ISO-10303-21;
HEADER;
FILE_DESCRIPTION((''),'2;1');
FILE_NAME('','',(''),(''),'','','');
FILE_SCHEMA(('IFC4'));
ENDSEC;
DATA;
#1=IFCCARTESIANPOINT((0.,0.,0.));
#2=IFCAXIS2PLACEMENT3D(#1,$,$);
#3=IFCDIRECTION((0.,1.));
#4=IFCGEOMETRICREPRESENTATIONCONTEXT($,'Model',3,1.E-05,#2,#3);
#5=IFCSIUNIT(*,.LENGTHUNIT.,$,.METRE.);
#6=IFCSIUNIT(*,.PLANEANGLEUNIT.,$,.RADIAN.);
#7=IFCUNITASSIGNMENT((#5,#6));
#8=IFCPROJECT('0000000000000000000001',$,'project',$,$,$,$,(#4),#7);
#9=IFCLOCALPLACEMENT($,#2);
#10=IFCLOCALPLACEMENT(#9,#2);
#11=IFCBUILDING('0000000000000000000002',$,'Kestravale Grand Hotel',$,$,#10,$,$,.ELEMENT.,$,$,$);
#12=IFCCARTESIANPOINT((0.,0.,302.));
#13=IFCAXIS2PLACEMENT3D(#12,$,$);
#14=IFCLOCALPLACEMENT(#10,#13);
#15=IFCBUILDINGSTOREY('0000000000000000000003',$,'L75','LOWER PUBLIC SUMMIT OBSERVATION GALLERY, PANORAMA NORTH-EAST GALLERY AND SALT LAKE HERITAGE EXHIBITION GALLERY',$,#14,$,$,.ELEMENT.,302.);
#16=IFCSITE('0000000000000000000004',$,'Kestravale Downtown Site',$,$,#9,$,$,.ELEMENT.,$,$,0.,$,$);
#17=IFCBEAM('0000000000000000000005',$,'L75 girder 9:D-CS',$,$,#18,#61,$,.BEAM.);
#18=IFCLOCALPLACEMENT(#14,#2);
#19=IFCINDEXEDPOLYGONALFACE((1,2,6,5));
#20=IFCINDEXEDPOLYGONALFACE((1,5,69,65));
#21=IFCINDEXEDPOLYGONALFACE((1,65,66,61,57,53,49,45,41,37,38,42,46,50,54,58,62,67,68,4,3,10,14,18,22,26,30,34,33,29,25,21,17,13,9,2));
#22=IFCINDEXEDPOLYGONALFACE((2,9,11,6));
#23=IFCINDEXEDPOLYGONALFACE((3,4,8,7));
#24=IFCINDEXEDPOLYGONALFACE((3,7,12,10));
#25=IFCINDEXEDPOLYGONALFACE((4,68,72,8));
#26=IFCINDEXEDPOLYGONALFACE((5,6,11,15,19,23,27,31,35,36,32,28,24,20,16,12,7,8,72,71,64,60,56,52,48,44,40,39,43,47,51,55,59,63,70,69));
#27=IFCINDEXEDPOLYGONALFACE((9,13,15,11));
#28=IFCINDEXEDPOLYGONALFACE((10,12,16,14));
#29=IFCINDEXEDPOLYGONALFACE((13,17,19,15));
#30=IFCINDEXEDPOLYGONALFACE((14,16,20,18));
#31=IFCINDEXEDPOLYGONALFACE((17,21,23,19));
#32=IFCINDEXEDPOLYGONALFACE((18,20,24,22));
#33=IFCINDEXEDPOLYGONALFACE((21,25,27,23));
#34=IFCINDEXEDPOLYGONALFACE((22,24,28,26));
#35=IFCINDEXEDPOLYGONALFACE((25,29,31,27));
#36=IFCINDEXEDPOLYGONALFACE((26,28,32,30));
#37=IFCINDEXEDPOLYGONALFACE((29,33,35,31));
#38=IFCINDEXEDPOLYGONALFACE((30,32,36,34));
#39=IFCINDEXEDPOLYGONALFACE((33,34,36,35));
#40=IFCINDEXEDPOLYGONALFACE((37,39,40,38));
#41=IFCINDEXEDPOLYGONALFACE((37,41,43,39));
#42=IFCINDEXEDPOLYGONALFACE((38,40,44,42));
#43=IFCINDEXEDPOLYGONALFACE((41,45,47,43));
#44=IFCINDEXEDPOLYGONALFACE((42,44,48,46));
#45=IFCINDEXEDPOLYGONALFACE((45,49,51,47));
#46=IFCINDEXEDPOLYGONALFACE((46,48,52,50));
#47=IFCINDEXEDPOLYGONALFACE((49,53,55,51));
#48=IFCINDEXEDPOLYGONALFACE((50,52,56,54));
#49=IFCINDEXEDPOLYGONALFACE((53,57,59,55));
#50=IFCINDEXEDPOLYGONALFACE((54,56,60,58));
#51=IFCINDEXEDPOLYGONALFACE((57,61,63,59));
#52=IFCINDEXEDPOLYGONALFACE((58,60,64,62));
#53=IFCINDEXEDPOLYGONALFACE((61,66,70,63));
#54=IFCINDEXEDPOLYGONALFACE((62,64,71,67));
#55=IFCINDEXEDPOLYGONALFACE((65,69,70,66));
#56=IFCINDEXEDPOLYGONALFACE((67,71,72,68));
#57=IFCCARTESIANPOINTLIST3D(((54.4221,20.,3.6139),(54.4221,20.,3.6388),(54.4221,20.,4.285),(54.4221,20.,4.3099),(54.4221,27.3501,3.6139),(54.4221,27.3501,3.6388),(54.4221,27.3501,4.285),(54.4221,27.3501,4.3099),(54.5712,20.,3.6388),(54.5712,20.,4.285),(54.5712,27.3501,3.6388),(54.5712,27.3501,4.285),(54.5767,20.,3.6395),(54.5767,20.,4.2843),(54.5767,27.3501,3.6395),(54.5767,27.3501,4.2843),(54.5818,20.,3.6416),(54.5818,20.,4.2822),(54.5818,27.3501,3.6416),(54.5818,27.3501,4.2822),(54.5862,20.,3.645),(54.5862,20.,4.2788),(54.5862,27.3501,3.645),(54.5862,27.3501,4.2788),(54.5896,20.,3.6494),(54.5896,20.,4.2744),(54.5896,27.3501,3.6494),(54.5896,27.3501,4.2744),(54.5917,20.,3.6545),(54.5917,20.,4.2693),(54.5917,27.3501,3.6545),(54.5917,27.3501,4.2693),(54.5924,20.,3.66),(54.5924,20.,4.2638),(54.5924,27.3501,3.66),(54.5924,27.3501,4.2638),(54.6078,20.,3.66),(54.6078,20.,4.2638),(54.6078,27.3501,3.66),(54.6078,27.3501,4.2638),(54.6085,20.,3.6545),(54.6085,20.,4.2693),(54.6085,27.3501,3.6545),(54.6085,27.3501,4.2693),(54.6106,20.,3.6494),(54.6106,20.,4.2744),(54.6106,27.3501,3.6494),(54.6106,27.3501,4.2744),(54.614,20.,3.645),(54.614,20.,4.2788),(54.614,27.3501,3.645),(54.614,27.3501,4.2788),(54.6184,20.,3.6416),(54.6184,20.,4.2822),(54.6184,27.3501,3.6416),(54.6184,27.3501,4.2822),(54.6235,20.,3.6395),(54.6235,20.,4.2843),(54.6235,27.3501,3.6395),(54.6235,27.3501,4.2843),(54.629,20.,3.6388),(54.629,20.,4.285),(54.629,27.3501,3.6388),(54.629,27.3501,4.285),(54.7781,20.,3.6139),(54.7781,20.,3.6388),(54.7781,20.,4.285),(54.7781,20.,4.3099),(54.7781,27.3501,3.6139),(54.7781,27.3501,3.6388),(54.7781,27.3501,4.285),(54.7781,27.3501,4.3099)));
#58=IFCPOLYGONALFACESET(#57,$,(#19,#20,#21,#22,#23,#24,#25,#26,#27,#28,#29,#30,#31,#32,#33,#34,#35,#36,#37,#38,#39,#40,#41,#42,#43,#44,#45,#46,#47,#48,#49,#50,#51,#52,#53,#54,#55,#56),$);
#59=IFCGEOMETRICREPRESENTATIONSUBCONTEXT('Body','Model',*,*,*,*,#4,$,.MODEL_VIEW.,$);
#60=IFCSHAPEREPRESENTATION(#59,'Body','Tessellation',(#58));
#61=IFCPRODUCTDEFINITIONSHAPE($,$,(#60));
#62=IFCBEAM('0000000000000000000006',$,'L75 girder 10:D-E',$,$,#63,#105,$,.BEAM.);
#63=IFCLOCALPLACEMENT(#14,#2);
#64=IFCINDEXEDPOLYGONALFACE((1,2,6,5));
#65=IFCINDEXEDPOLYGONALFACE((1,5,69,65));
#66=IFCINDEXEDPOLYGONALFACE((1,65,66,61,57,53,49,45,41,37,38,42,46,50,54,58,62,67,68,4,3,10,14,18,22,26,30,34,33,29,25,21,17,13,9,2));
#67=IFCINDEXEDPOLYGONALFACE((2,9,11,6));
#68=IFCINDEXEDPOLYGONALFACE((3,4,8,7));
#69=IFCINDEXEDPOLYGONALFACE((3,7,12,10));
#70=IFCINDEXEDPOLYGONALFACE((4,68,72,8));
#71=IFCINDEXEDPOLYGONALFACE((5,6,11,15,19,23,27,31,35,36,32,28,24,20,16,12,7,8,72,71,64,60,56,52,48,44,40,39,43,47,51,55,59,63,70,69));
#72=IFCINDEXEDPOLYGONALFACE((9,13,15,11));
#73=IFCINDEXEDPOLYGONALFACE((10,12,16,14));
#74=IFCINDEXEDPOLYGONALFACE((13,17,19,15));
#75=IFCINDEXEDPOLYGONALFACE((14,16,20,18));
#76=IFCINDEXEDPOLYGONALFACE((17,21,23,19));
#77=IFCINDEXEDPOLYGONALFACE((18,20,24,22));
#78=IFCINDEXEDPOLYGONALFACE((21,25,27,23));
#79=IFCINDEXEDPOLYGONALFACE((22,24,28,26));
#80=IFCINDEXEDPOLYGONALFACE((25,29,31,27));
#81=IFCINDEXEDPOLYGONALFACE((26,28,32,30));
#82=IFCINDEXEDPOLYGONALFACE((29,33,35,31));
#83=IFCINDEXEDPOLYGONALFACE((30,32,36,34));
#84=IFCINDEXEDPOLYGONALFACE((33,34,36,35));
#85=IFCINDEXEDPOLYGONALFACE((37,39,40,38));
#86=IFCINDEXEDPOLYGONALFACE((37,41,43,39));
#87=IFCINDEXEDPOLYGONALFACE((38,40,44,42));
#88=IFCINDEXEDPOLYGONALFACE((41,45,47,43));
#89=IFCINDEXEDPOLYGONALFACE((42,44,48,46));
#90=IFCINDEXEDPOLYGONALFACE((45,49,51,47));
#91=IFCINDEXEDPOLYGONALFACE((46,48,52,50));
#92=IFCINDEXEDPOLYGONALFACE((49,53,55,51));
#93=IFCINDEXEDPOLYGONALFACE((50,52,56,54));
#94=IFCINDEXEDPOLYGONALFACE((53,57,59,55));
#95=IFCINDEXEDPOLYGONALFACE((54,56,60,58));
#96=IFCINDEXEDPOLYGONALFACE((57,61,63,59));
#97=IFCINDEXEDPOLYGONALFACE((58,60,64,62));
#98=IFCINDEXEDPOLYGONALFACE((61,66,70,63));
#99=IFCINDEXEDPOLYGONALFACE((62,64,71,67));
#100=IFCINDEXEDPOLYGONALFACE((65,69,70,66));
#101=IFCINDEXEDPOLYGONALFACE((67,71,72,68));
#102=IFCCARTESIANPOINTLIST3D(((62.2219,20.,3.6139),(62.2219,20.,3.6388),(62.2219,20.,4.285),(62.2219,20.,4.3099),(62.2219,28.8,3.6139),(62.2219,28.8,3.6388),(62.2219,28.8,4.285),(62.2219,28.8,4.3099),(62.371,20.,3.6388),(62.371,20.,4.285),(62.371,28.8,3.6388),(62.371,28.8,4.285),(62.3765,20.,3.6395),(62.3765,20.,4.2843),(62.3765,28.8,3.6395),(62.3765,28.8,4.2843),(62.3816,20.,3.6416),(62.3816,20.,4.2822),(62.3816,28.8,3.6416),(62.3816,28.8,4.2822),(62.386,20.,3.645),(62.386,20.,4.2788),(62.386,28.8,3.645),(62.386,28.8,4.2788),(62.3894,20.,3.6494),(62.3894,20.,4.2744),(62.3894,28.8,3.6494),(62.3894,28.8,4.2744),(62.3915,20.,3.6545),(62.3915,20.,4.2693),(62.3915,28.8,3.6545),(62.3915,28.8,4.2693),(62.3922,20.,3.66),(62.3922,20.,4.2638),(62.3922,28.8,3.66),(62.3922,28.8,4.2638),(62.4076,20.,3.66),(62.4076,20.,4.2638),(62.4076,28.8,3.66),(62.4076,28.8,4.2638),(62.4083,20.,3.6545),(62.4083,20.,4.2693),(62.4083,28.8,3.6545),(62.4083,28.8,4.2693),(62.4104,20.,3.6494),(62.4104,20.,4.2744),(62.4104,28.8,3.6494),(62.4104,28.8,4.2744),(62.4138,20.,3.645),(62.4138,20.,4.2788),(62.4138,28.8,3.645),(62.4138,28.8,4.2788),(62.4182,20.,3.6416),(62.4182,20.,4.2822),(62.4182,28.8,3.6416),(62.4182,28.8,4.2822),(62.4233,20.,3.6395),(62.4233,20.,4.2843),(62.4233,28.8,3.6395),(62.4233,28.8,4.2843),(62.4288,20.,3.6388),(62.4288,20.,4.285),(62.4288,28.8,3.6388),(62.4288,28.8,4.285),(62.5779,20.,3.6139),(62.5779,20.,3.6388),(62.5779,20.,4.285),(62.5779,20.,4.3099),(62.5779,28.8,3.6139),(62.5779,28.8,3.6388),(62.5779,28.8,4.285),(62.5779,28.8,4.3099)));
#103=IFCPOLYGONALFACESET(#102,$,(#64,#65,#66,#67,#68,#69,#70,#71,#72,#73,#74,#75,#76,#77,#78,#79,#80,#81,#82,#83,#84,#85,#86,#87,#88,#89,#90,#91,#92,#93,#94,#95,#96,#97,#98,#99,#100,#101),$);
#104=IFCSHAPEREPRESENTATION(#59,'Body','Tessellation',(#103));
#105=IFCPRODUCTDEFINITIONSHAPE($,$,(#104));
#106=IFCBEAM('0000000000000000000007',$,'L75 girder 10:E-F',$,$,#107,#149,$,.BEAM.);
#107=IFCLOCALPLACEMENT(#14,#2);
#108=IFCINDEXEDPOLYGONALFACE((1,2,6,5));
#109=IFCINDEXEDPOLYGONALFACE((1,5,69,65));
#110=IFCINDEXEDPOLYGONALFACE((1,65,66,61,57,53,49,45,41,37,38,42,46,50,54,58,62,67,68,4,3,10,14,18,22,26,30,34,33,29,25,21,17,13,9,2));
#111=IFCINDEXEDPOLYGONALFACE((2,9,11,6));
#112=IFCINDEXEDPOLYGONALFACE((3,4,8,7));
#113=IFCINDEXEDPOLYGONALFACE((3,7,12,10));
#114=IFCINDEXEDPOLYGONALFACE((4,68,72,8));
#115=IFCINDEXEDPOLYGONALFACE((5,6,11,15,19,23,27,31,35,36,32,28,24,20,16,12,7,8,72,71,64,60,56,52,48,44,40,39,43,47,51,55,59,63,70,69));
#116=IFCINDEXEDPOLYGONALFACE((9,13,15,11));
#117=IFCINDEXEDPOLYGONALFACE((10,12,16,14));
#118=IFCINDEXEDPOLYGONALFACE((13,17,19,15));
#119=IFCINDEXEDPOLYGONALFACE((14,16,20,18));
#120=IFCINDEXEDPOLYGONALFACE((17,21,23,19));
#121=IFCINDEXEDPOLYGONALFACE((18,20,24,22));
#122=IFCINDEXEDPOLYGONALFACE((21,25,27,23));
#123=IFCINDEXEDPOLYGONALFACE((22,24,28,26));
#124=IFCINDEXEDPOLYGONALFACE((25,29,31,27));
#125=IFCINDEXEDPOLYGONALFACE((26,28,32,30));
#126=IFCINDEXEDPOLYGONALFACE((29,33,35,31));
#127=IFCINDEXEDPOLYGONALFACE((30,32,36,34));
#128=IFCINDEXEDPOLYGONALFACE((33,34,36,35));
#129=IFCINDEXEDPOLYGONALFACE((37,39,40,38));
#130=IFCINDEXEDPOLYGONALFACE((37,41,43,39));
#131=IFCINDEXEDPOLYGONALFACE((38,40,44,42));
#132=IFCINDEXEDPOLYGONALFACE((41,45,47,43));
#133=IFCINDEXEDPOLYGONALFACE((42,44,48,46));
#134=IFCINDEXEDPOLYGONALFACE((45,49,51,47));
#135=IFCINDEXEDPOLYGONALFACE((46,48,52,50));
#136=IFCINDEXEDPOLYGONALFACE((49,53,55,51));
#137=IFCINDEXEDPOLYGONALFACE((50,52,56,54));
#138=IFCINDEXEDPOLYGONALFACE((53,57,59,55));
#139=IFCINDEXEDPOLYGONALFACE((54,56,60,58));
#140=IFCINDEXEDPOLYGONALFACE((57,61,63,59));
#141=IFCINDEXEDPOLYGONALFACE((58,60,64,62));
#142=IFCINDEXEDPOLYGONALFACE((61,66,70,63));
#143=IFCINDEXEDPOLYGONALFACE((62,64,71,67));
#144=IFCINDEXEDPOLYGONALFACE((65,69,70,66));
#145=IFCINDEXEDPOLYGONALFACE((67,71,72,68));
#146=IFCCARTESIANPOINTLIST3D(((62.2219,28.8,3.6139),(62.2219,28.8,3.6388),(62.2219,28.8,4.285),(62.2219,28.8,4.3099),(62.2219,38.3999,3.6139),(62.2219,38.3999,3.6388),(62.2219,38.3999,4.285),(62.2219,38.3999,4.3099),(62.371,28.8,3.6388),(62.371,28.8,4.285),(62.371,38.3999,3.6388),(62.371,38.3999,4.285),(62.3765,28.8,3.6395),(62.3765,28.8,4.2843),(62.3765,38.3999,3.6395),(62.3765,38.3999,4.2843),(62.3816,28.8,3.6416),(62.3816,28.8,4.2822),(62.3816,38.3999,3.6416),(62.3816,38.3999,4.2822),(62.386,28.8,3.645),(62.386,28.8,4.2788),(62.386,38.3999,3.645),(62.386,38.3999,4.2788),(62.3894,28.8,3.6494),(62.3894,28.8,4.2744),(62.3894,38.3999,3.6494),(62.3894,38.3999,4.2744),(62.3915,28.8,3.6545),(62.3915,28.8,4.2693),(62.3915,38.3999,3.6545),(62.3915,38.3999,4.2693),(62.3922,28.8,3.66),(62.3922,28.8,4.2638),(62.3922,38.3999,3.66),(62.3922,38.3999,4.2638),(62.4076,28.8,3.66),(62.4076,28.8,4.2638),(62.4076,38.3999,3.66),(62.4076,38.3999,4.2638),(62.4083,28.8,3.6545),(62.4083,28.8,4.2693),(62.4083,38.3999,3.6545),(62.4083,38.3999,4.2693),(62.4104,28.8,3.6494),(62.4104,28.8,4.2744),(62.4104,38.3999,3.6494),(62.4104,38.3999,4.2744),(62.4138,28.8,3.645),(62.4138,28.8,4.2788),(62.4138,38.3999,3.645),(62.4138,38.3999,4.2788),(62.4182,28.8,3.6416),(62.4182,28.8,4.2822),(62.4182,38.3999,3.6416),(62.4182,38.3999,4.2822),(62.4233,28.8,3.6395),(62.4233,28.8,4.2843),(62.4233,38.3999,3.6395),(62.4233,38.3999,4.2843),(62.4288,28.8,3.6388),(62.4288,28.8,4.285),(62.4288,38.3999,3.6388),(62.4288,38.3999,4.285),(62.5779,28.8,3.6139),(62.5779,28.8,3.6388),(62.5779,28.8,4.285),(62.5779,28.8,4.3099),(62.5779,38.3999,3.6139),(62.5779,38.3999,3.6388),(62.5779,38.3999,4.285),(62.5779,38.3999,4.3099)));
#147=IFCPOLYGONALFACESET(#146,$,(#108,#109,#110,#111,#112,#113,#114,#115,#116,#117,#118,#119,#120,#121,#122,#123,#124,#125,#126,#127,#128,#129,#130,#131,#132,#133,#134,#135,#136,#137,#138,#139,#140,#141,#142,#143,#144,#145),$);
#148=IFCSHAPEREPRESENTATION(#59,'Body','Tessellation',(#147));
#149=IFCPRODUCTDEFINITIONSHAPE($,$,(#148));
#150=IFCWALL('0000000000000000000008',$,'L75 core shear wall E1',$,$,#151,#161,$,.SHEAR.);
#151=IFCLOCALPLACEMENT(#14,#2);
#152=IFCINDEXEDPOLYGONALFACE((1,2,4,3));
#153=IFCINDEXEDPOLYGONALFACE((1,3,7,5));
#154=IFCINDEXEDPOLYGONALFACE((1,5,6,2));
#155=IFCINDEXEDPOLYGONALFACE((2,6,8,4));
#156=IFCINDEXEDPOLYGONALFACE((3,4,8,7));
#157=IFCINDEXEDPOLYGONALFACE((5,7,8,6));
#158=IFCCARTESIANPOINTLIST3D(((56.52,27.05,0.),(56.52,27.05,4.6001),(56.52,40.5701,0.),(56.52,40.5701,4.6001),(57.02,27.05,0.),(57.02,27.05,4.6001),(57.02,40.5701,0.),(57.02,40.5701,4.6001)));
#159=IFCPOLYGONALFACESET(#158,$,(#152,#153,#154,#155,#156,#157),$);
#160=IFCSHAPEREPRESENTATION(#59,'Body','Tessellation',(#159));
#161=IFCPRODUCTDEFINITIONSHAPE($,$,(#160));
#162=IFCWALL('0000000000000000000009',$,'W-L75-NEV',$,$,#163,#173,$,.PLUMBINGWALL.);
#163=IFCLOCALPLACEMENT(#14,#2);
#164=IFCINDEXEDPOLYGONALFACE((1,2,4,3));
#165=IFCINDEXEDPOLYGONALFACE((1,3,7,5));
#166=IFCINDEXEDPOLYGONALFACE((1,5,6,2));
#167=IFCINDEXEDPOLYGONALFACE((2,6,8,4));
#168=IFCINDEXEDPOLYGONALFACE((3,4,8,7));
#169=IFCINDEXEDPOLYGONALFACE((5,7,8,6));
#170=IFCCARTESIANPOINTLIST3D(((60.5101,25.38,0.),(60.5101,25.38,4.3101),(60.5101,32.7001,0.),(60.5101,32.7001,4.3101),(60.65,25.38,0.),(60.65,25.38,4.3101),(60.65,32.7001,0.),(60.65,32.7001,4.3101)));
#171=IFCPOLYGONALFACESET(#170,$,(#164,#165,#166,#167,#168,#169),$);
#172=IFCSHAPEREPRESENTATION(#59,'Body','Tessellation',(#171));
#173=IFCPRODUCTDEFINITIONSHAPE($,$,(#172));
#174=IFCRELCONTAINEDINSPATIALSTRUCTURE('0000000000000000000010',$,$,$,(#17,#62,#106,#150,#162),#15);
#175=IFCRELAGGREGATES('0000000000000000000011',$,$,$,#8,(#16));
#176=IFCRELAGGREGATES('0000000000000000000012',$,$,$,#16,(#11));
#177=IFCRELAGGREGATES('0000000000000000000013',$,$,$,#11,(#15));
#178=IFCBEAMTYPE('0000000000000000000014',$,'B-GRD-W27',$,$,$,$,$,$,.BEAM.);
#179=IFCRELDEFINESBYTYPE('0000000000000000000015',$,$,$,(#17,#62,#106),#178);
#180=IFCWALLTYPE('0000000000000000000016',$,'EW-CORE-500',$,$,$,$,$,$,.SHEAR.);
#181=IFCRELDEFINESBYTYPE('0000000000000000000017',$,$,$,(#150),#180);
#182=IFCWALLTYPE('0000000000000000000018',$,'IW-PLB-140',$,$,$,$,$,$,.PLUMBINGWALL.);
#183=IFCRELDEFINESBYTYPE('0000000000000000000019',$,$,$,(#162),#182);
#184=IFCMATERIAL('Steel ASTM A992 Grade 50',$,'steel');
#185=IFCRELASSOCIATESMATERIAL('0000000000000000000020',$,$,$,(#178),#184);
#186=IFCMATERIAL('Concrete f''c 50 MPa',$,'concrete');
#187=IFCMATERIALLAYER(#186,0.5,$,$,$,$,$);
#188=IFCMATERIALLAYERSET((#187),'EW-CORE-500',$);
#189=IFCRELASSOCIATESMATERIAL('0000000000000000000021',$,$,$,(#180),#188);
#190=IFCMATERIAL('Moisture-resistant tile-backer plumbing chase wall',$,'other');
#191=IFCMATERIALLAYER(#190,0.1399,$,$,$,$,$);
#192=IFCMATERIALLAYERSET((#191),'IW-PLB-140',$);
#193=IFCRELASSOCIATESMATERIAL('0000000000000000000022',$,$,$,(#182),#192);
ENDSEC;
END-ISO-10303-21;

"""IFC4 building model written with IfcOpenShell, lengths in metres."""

from ifc_helpers import new_model, si_unit, direction, frame, frame_2d, origin, origin_2d, place, context, subcontext, project, spatial, rectangle, i_section, extrude, material, layer, layer_set, material_profile, profile_set, type_object, element, save


model = new_model("IFC4")

# Units and contexts
model_context = context("Model", 3, precision=1e-05, world=origin(), true_north=direction((0.0, 1.0)))
body_context = subcontext(model_context, "Body", "Model", "MODEL_VIEW")
ifc_project = project(units=[si_unit("LENGTHUNIT", "METRE"), si_unit("PLANEANGLEUNIT", "RADIAN")], contexts=[model_context])

# Site, building, storey
site_placement = place(None, origin())
site = spatial("IfcSite", under=ifc_project, at=site_placement, Name="Kestravale Downtown Site", CompositionType="ELEMENT", RefElevation=0.0)
building_placement = place(site_placement, origin())
building = spatial("IfcBuilding", under=site, at=building_placement, Name="Kestravale Grand Hotel", CompositionType="ELEMENT")
storey_placement = place(building_placement, frame((0.0, 0.0, 302.0)))
storey = spatial("IfcBuildingStorey", under=building, at=storey_placement, Name="L75", Description="LOWER PUBLIC SUMMIT OBSERVATION GALLERY, PANORAMA NORTH-EAST GALLERY AND SALT LAKE HERITAGE EXHIBITION GALLERY", CompositionType="ELEMENT", Elevation=302.0)

# Beams
ifc_material_1 = material(Name="Steel ASTM A992 Grade 50", Category="steel")
ifc_material_profile_1 = material_profile(ifc_material_1, i_section(OverallWidth=0.356, OverallDepth=0.696, WebThickness=0.0154, FlangeThickness=0.0249, FilletRadius=0.0212, at=origin_2d()))
ifc_profile_set_1 = profile_set([ifc_material_profile_1], Name="Steel ASTM A992 Grade 50")
beam_type = type_object("IfcBeamType", Name="B-GRD-W27", PredefinedType="BEAM", material=ifc_profile_set_1)
beam_1_placement = place(storey_placement, frame((54.6001, 20.0, 3.9619), z_axis=(0.0, 1.0, 0.0), x_axis=(-1.0, 0.0, 0.0)))
element("IfcBeam", 1, at=beam_1_placement, inside=storey, type_object=beam_type, Name="L75 girder 9:D-CS", PredefinedType="BEAM", context=body_context, shape_type="SweptSolid", body=[
    extrude(i_section(OverallWidth=0.356, OverallDepth=0.696, WebThickness=0.0154, FlangeThickness=0.0249, FilletRadius=0.0212, at=origin_2d()), origin(), (0.0, 0.0, 1.0), 7.3501),
])
beam_2_placement = place(storey_placement, frame((62.3999, 20.0, 3.9619), z_axis=(0.0, 1.0, 0.0), x_axis=(-1.0, 0.0, 0.0)))
element("IfcBeam", 2, at=beam_2_placement, inside=storey, type_object=beam_type, Name="L75 girder 10:D-E", PredefinedType="BEAM", context=body_context, shape_type="SweptSolid", body=[
    extrude(i_section(OverallWidth=0.356, OverallDepth=0.696, WebThickness=0.0154, FlangeThickness=0.0249, FilletRadius=0.0212, at=origin_2d()), origin(), (0.0, 0.0, 1.0), 8.8),
])
beam_3_placement = place(storey_placement, frame((62.3999, 28.8, 3.9619), z_axis=(0.0, 1.0, 0.0), x_axis=(-1.0, 0.0, 0.0)))
element("IfcBeam", 3, at=beam_3_placement, inside=storey, type_object=beam_type, Name="L75 girder 10:E-F", PredefinedType="BEAM", context=body_context, shape_type="SweptSolid", body=[
    extrude(i_section(OverallWidth=0.356, OverallDepth=0.696, WebThickness=0.0154, FlangeThickness=0.0249, FilletRadius=0.0212, at=origin_2d()), origin(), (0.0, 0.0, 1.0), 9.5999),
])

# Walls
ifc_material_2 = material(Name="Concrete f'c 50 MPa", Category="concrete")
ifc_layer_1 = layer(ifc_material_2, 0.5)
ifc_layer_set_1 = layer_set([ifc_layer_1], Name="EW-CORE-500")
wall_type_1 = type_object("IfcWallType", Name="EW-CORE-500", PredefinedType="SHEAR", material=ifc_layer_set_1)
wall_1_placement = place(storey_placement, frame((56.77, 27.05, 0.0), z_axis=(0.0, 0.0, 1.0), x_axis=(0.0, 1.0, 0.0)))
element("IfcWall", 4, at=wall_1_placement, inside=storey, type_object=wall_type_1, Name="L75 core shear wall E1", PredefinedType="SHEAR", context=body_context, shape_type="SweptSolid", body=[
    extrude(rectangle(XDim=13.52, YDim=0.5, at=frame_2d((6.76, 0.0))), origin(), (0.0, 0.0, 1.0), 4.6001),
])
ifc_material_3 = material(Name="Moisture-resistant tile-backer plumbing chase wall", Category="other")
ifc_layer_2 = layer(ifc_material_3, 0.1399)
ifc_layer_set_2 = layer_set([ifc_layer_2], Name="IW-PLB-140")
wall_type_2 = type_object("IfcWallType", Name="IW-PLB-140", PredefinedType="PLUMBINGWALL", material=ifc_layer_set_2)
wall_2_placement = place(storey_placement, frame((60.5801, 25.3799, 0.0), z_axis=(0.0, 0.0, 1.0), x_axis=(0.0, 1.0, 0.0)))
element("IfcWall", 5, at=wall_2_placement, inside=storey, type_object=wall_type_2, Name="W-L75-NEV", PredefinedType="PLUMBINGWALL", context=body_context, shape_type="SweptSolid", body=[
    extrude(rectangle(XDim=7.3201, YDim=0.1399, at=frame_2d((3.6602, 0.0))), origin(), (0.0, 0.0, 1.0), 4.3101),
])

save(model, "model.ifc")
